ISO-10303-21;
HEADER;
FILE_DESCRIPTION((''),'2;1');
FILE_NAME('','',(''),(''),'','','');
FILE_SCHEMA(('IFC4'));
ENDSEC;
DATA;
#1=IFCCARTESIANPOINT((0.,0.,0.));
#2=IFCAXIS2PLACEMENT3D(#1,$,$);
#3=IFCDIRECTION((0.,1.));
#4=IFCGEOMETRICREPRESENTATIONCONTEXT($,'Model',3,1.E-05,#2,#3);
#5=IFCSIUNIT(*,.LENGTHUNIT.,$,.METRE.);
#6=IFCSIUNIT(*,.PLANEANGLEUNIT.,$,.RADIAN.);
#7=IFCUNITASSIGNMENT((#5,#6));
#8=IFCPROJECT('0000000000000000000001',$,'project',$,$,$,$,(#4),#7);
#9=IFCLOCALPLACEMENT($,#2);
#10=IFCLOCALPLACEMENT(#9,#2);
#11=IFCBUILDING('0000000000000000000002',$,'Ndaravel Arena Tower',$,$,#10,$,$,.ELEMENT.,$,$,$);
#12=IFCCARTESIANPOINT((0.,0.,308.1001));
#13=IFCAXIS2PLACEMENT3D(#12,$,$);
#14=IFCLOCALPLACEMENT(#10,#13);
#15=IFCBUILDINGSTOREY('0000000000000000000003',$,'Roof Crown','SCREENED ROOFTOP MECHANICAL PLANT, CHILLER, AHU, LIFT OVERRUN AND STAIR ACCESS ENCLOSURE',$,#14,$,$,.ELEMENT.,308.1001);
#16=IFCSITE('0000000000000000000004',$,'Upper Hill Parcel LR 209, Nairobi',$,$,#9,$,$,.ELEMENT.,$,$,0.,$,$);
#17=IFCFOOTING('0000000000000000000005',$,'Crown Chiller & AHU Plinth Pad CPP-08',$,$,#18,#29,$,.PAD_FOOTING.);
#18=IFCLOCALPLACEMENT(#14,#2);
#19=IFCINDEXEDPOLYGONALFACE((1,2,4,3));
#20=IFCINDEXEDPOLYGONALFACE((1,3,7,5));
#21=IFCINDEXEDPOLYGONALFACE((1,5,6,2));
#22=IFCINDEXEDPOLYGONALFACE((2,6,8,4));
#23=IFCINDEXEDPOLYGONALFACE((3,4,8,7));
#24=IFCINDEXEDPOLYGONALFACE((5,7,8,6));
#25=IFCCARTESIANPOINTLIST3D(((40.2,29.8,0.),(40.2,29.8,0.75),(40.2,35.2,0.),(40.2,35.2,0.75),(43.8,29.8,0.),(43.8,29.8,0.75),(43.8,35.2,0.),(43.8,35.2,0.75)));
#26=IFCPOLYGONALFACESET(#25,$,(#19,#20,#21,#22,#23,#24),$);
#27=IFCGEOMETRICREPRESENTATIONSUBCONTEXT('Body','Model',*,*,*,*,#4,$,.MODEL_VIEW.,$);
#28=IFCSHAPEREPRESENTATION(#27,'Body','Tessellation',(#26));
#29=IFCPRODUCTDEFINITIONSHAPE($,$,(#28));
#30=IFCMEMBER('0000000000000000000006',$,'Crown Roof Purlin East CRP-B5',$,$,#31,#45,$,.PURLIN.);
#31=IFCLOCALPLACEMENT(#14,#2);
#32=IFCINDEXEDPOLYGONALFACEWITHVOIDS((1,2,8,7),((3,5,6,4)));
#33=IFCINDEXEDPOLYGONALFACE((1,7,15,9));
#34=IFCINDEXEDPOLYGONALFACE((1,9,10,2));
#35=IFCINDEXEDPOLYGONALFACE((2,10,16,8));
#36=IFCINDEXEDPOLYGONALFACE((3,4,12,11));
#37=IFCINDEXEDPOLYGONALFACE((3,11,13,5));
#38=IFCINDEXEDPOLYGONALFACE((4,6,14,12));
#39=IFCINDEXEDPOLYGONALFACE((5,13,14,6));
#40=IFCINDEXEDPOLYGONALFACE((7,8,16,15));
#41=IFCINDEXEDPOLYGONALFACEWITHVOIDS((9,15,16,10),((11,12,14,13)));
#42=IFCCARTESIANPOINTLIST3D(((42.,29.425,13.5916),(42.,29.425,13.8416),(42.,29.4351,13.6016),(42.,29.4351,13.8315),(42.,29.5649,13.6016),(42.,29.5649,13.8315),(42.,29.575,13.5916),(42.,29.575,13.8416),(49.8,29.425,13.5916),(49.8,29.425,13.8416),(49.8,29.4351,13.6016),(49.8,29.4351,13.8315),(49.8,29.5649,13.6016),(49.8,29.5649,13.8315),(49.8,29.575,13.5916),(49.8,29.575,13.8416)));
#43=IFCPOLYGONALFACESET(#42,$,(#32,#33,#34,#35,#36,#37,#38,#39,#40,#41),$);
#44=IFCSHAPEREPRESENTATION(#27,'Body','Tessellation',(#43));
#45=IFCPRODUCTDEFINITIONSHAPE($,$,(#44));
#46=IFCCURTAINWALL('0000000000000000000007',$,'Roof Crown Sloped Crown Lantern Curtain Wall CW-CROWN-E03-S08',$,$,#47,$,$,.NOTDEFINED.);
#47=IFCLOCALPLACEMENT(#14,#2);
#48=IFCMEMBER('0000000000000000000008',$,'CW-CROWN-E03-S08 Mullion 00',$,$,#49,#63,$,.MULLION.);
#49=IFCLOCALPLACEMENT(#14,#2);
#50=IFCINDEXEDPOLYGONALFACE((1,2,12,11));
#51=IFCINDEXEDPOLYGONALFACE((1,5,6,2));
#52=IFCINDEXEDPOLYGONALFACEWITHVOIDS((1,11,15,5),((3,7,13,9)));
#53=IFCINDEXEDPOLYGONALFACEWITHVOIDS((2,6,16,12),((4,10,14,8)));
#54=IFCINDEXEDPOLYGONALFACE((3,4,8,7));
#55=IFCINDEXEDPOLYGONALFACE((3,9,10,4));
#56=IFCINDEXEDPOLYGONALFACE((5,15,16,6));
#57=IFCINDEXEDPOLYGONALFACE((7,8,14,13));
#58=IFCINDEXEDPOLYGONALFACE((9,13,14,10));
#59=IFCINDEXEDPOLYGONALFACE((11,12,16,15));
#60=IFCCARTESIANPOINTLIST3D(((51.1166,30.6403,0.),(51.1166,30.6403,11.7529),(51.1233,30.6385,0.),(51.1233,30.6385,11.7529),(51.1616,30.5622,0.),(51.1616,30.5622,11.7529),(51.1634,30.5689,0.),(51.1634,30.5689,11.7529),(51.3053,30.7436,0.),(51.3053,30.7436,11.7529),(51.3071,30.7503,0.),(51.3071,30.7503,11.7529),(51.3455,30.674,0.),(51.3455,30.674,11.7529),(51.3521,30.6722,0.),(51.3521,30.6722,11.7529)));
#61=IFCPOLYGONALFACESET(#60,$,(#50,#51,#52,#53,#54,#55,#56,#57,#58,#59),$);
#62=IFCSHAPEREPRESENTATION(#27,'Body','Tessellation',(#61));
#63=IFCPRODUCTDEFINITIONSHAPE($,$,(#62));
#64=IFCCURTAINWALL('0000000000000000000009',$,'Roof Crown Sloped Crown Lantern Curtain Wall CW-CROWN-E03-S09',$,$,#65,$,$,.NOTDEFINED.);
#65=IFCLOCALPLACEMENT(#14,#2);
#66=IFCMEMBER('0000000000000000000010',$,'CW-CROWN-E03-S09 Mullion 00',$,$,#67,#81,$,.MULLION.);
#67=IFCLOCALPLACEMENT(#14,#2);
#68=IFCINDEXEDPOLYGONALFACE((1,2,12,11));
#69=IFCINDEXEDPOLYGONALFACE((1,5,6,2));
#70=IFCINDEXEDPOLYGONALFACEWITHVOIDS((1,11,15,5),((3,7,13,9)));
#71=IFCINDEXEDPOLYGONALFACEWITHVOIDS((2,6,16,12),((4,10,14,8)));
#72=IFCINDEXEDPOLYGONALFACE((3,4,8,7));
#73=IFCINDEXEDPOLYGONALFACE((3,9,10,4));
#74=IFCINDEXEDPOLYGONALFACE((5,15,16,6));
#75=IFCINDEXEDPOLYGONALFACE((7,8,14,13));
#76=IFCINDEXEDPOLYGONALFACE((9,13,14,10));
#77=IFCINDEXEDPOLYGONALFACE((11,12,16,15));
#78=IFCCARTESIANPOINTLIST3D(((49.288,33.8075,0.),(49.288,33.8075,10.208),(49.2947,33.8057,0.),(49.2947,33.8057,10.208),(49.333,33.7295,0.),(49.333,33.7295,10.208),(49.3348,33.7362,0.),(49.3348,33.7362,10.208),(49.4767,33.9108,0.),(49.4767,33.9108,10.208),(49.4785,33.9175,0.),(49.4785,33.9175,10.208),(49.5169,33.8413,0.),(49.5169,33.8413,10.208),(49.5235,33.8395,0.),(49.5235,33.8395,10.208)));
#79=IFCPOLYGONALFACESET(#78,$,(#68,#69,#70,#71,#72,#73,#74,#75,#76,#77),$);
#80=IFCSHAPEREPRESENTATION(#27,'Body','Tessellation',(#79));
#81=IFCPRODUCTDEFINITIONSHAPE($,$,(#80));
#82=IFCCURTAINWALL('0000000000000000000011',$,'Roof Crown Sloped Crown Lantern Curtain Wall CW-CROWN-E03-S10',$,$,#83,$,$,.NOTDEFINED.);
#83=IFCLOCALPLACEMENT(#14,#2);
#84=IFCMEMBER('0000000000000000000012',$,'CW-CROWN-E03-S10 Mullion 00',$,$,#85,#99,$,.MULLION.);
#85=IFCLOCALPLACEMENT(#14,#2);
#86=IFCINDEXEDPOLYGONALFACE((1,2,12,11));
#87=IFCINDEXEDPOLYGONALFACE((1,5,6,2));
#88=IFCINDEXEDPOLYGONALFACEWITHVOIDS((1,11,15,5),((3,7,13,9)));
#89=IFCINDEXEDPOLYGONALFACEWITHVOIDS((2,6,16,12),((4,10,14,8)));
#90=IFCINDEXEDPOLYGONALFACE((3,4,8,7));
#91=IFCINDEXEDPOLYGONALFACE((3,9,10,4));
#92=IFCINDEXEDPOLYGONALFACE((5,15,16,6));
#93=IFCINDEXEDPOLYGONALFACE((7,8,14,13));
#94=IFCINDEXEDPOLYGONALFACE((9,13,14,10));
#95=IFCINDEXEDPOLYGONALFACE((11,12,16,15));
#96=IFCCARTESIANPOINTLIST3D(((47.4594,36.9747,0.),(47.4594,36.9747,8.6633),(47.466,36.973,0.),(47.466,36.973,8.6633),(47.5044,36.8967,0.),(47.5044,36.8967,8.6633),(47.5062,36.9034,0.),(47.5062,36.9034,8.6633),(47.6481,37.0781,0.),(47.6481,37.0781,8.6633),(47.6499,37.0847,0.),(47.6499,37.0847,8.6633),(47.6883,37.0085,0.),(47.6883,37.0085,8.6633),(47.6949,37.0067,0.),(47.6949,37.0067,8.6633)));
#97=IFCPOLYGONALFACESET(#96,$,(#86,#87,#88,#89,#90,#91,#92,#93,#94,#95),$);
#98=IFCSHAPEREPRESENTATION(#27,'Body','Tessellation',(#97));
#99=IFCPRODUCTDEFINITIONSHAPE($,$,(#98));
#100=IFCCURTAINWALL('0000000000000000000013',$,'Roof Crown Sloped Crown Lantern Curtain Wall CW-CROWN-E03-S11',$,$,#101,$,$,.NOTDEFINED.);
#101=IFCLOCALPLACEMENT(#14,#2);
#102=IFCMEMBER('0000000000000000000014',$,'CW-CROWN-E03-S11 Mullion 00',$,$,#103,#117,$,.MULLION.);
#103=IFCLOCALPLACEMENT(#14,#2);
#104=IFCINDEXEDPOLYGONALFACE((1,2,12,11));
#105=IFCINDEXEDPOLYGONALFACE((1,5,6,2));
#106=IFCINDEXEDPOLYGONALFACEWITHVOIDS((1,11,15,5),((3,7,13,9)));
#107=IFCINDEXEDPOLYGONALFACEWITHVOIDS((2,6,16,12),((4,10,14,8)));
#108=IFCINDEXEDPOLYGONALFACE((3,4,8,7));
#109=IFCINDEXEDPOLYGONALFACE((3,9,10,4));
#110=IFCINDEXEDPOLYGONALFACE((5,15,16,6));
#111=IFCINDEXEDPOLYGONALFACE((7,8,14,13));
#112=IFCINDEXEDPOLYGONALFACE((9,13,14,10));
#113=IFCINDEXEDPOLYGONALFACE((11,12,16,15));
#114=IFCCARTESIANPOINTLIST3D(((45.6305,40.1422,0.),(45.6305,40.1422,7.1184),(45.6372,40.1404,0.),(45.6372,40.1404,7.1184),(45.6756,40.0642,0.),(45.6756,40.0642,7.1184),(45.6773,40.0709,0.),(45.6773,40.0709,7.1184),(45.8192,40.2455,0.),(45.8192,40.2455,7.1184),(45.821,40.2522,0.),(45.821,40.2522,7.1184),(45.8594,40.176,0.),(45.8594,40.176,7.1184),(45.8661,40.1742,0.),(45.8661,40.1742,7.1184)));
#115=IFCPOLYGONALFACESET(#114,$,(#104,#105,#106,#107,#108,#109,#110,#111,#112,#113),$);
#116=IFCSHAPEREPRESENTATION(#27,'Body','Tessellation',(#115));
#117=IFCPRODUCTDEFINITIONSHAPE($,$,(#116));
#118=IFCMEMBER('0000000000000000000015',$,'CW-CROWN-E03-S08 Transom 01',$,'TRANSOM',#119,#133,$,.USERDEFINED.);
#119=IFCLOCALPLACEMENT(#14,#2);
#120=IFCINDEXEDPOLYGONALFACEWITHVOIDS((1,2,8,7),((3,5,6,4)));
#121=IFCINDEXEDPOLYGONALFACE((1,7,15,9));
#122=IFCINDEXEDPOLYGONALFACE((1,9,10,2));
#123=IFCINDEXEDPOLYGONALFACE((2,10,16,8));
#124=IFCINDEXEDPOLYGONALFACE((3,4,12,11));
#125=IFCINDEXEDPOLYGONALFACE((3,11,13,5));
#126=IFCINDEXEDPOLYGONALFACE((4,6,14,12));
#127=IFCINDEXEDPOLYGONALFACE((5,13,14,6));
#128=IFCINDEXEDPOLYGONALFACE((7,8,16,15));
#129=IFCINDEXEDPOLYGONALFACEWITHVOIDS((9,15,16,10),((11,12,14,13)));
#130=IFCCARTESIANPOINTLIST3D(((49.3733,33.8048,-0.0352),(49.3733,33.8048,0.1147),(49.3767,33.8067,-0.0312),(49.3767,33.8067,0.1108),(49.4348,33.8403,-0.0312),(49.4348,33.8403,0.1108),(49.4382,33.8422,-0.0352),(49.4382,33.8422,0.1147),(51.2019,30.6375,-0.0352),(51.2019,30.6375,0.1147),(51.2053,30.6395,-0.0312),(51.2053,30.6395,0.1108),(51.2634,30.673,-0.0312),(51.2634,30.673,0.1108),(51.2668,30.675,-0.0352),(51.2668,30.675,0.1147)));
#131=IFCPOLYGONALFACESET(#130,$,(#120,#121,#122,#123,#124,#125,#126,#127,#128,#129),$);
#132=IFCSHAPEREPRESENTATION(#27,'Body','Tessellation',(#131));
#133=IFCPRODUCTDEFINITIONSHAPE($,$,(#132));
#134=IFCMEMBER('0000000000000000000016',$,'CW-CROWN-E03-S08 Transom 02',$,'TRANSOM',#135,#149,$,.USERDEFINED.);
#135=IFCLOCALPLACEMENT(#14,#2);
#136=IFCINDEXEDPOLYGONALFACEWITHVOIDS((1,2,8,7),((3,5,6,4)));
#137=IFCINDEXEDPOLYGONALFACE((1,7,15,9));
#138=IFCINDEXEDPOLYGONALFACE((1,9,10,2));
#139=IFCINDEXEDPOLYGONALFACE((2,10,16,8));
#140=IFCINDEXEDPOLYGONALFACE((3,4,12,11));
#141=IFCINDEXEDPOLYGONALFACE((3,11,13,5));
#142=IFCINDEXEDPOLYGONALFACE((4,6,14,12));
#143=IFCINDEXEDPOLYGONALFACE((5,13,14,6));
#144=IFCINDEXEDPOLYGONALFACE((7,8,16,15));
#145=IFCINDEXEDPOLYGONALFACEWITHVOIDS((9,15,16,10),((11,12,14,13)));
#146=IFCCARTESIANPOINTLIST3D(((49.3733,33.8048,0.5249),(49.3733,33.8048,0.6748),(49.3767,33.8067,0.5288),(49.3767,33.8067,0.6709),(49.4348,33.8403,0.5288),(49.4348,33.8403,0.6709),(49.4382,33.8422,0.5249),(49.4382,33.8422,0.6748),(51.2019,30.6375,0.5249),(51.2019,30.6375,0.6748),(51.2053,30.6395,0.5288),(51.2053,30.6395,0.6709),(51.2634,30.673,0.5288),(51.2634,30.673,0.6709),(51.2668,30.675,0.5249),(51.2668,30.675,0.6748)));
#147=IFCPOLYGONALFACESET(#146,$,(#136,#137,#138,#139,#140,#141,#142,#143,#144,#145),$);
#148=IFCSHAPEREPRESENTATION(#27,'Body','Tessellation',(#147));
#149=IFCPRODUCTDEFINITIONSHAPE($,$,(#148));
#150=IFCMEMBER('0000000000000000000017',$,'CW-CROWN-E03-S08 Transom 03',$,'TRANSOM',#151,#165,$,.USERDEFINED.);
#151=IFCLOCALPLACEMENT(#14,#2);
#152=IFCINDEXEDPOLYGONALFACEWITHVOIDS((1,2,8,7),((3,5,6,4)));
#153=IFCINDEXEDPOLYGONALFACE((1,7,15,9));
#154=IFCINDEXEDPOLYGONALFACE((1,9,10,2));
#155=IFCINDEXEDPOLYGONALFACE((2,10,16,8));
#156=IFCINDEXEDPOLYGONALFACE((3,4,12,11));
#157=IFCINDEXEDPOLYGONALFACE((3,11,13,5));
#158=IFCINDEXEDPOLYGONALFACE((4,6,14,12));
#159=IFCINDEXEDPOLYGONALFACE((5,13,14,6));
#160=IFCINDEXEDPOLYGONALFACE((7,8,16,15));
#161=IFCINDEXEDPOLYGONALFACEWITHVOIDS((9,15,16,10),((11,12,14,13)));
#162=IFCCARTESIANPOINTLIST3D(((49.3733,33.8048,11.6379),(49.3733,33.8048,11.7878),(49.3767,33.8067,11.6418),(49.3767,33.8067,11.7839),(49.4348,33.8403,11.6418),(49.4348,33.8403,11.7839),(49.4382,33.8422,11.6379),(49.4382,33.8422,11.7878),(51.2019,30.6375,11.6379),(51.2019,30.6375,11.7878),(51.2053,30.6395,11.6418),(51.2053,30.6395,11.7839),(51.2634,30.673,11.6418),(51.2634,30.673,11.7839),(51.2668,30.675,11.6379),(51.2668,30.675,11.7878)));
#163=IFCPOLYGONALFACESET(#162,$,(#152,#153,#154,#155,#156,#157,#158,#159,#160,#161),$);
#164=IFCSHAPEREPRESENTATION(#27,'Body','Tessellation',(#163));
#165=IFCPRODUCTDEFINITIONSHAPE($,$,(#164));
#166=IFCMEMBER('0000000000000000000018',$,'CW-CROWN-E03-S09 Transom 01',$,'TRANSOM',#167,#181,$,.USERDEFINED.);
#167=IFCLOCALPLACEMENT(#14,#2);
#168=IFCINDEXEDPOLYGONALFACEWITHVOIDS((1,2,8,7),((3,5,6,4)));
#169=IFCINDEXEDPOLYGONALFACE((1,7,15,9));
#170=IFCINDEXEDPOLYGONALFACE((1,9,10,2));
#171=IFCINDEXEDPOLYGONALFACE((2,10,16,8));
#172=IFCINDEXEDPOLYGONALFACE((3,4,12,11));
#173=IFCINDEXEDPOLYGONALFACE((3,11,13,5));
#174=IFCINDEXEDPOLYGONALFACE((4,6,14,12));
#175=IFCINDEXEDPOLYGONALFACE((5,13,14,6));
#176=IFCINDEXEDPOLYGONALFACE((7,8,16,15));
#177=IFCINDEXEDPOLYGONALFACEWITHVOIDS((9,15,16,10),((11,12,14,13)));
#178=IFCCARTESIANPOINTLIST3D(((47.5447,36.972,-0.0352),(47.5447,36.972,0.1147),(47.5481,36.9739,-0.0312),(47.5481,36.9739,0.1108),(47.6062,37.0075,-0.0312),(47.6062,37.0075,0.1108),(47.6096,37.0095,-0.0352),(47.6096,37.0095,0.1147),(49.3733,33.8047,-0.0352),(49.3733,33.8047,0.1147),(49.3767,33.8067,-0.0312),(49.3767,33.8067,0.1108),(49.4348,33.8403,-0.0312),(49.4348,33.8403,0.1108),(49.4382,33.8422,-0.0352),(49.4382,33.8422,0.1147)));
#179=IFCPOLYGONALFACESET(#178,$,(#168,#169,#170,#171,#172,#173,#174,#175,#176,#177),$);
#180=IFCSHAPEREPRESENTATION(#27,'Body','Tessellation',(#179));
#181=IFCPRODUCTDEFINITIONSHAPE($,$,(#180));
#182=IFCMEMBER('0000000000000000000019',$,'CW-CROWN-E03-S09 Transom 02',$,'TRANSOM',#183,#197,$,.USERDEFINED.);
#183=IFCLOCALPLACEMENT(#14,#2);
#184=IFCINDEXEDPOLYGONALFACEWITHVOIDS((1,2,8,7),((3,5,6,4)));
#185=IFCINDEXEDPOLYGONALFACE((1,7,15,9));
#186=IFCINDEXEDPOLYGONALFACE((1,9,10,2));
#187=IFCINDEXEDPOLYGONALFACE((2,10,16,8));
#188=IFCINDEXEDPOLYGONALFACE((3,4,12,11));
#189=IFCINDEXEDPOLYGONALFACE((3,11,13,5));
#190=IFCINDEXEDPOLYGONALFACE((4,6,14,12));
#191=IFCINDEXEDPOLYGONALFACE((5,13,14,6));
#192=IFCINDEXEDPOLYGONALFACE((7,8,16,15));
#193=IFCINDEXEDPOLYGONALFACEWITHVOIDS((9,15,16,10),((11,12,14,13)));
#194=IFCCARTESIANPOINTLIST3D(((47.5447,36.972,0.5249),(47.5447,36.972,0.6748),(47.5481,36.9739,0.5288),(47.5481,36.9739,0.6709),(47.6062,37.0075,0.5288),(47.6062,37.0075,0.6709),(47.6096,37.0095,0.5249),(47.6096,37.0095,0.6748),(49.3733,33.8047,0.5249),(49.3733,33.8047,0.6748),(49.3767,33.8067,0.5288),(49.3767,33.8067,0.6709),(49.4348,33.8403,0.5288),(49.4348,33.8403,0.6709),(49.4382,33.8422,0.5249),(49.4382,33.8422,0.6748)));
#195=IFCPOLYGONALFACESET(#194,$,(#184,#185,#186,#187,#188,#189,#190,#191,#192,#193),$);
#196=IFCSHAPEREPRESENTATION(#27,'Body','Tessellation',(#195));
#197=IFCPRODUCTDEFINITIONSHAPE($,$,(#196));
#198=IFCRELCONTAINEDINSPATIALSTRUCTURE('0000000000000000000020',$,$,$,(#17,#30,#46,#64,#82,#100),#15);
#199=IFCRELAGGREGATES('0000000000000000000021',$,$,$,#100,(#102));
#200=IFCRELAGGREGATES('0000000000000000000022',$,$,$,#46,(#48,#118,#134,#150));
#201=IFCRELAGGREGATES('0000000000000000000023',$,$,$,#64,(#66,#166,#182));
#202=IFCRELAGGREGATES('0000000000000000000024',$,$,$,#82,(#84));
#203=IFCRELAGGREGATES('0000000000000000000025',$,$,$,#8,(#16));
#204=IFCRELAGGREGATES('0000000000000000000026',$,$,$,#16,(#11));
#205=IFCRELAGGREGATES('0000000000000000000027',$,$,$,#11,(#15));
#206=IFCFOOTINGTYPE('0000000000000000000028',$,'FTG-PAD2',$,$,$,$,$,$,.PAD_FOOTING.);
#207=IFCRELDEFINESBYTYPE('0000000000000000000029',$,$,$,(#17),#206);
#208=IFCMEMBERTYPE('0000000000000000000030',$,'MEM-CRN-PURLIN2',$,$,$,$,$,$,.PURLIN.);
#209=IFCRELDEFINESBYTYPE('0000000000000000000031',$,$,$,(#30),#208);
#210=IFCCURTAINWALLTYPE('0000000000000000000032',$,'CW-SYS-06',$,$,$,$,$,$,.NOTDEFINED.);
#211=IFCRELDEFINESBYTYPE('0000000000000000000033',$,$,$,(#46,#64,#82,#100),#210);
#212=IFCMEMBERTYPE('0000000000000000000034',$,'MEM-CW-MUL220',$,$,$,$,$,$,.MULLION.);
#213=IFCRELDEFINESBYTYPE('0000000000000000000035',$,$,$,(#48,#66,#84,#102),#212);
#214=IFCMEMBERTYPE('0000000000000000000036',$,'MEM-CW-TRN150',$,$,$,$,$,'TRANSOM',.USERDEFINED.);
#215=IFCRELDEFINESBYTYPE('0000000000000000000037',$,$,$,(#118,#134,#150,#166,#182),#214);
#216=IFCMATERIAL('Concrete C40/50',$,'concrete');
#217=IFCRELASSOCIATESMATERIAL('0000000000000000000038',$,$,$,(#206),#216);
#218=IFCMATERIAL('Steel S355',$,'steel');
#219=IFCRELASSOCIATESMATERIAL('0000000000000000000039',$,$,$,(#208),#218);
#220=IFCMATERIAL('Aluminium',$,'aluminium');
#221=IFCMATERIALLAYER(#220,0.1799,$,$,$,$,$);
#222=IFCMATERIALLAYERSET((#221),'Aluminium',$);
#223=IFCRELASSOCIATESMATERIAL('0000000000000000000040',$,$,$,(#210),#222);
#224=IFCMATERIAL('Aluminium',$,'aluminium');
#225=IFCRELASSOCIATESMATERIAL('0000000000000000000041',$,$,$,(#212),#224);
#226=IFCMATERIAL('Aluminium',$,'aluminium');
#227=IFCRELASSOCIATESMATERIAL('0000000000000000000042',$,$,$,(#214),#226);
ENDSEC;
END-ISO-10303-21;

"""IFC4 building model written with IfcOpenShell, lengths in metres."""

from ifc_helpers import new_model, si_unit, direction, frame, origin, origin_2d, place, context, subcontext, project, spatial, rectangle, hollow_rectangle, extrude, material, layer, layer_set, material_profile, profile_set, type_object, element, aggregate, save


model = new_model("IFC4")

# Units and contexts
model_context = context("Model", 3, precision=1e-05, world=origin(), true_north=direction((0.0, 1.0)))
body_context = subcontext(model_context, "Body", "Model", "MODEL_VIEW")
ifc_project = project(units=[si_unit("LENGTHUNIT", "METRE"), si_unit("PLANEANGLEUNIT", "RADIAN")], contexts=[model_context])

# Site, building, storey
site_placement = place(None, origin())
site = spatial("IfcSite", under=ifc_project, at=site_placement, Name="Upper Hill Parcel LR 209, Nairobi", CompositionType="ELEMENT", RefElevation=0.0)
building_placement = place(site_placement, origin())
building = spatial("IfcBuilding", under=site, at=building_placement, Name="Ndaravel Arena Tower", CompositionType="ELEMENT")
storey_placement = place(building_placement, frame((0.0, 0.0, 308.1001)))
storey = spatial("IfcBuildingStorey", under=building, at=storey_placement, Name="Roof Crown", Description="SCREENED ROOFTOP MECHANICAL PLANT, CHILLER, AHU, LIFT OVERRUN AND STAIR ACCESS ENCLOSURE", CompositionType="ELEMENT", Elevation=308.1001)

# Footing
ifc_material_1 = material(Name="Concrete C40/50", Category="concrete")
footing_type = type_object("IfcFootingType", Name="FTG-PAD2", PredefinedType="PAD_FOOTING", material=ifc_material_1)
footing_placement = place(storey_placement, frame((42.0, 32.5, 0.0), z_axis=(0.0, 0.0, 1.0), x_axis=(1.0, 0.0, 0.0)))
element("IfcFooting", 1, at=footing_placement, inside=storey, type_object=footing_type, Name="Crown Chiller & AHU Plinth Pad CPP-08", PredefinedType="PAD_FOOTING", context=body_context, shape_type="SweptSolid", body=[
    extrude(rectangle(XDim=3.6001, YDim=5.3999, at=origin_2d()), origin(), (0.0, 0.0, 1.0), 0.75),
])

# Member
ifc_material_2 = material(Name="Steel S355", Category="steel")
ifc_material_profile_1 = material_profile(ifc_material_2, hollow_rectangle(XDim=0.1499, YDim=0.25, WallThickness=0.01, at=origin_2d()), Name="RHS 250x150x10")
ifc_profile_set_1 = profile_set([ifc_material_profile_1], Name="Steel S355")
member_type_1 = type_object("IfcMemberType", Name="MEM-CRN-PURLIN2", PredefinedType="PURLIN", material=ifc_profile_set_1)
member_1_placement = place(storey_placement, frame((42.0, 29.5, 13.7166), z_axis=(1.0, 0.0, 0.0), x_axis=(0.0, 1.0, 0.0)))
element("IfcMember", 2, at=member_1_placement, inside=storey, type_object=member_type_1, Name="Crown Roof Purlin East CRP-B5", PredefinedType="PURLIN", context=body_context, shape_type="SweptSolid", body=[
    extrude(hollow_rectangle(XDim=0.1499, YDim=0.25, WallThickness=0.01, at=origin_2d()), origin(), (0.0, 0.0, 1.0), 7.8),
])

# Curtain walls, members
ifc_material_3 = material(Name="Aluminium", Category="aluminium")
ifc_layer_1 = layer(ifc_material_3, 0.1799)
ifc_layer_set_1 = layer_set([ifc_layer_1], Name="Aluminium")
curtain_wall_type = type_object("IfcCurtainWallType", Name="CW-SYS-06", PredefinedType="NOTDEFINED", material=ifc_layer_set_1)
curtain_wall_1_placement = place(storey_placement, origin())
curtain_wall_1 = element("IfcCurtainWall", 3, at=curtain_wall_1_placement, inside=storey, type_object=curtain_wall_type, Name="Roof Crown Sloped Crown Lantern Curtain Wall CW-CROWN-E03-S08", PredefinedType="NOTDEFINED")
ifc_material_4 = material(Name="Aluminium", Category="aluminium")
ifc_material_profile_2 = material_profile(ifc_material_4, hollow_rectangle(XDim=0.0901, YDim=0.22, WallThickness=0.0049, at=origin_2d()), Name="CW MULLION 90x220x5")
ifc_profile_set_2 = profile_set([ifc_material_profile_2], Name="Aluminium")
member_type_2 = type_object("IfcMemberType", Name="MEM-CW-MUL220", PredefinedType="MULLION", material=ifc_profile_set_2)
member_2_placement = place(storey_placement, frame((51.2344, 30.6562, 0.0), z_axis=(0.0, 0.0, 1.0), x_axis=(-0.499985, 0.866034, 0.0)))
member_2 = element("IfcMember", 4, at=member_2_placement, type_object=member_type_2, Name="CW-CROWN-E03-S08 Mullion 00", PredefinedType="MULLION", context=body_context, shape_type="SweptSolid", body=[
    extrude(hollow_rectangle(XDim=0.0901, YDim=0.22, WallThickness=0.0049, at=origin_2d()), origin(), (0.0, 0.0, 1.0), 11.7529),
])
curtain_wall_2_placement = place(storey_placement, origin())
curtain_wall_2 = element("IfcCurtainWall", 5, at=curtain_wall_2_placement, inside=storey, type_object=curtain_wall_type, Name="Roof Crown Sloped Crown Lantern Curtain Wall CW-CROWN-E03-S09", PredefinedType="NOTDEFINED")
member_3_placement = place(storey_placement, frame((49.4058, 33.8235, 0.0), z_axis=(0.0, 0.0, 1.0), x_axis=(-0.499985, 0.866034, 0.0)))
member_3 = element("IfcMember", 6, at=member_3_placement, type_object=member_type_2, Name="CW-CROWN-E03-S09 Mullion 00", PredefinedType="MULLION", context=body_context, shape_type="SweptSolid", body=[
    extrude(hollow_rectangle(XDim=0.0901, YDim=0.22, WallThickness=0.0049, at=origin_2d()), origin(), (0.0, 0.0, 1.0), 10.208),
])
curtain_wall_3_placement = place(storey_placement, origin())
curtain_wall_3 = element("IfcCurtainWall", 7, at=curtain_wall_3_placement, inside=storey, type_object=curtain_wall_type, Name="Roof Crown Sloped Crown Lantern Curtain Wall CW-CROWN-E03-S10", PredefinedType="NOTDEFINED")
member_4_placement = place(storey_placement, frame((47.5771, 36.9907, 0.0), z_axis=(0.0, 0.0, 1.0), x_axis=(-0.500015, 0.866017, 0.0)))
member_4 = element("IfcMember", 8, at=member_4_placement, type_object=member_type_2, Name="CW-CROWN-E03-S10 Mullion 00", PredefinedType="MULLION", context=body_context, shape_type="SweptSolid", body=[
    extrude(hollow_rectangle(XDim=0.0901, YDim=0.22, WallThickness=0.0049, at=origin_2d()), origin(), (0.0, 0.0, 1.0), 8.6633),
])
curtain_wall_4_placement = place(storey_placement, origin())
curtain_wall_4 = element("IfcCurtainWall", 9, at=curtain_wall_4_placement, inside=storey, type_object=curtain_wall_type, Name="Roof Crown Sloped Crown Lantern Curtain Wall CW-CROWN-E03-S11", PredefinedType="NOTDEFINED")
member_5_placement = place(storey_placement, frame((45.7483, 40.1582, 0.0), z_axis=(0.0, 0.0, 1.0), x_axis=(-0.499985, 0.866034, 0.0)))
member_5 = element("IfcMember", 10, at=member_5_placement, type_object=member_type_2, Name="CW-CROWN-E03-S11 Mullion 00", PredefinedType="MULLION", context=body_context, shape_type="SweptSolid", body=[
    extrude(hollow_rectangle(XDim=0.0901, YDim=0.22, WallThickness=0.0049, at=origin_2d()), origin(), (0.0, 0.0, 1.0), 7.1184),
])

# Members
ifc_material_5 = material(Name="Aluminium", Category="aluminium")
ifc_material_profile_3 = material_profile(ifc_material_5, hollow_rectangle(XDim=0.075, YDim=0.1499, WallThickness=0.0039, at=origin_2d()), Name="CW TRANSOM 75x150x4")
ifc_profile_set_3 = profile_set([ifc_material_profile_3], Name="Aluminium")
member_type_3 = type_object("IfcMemberType", Name="MEM-CW-TRN150", ElementType="TRANSOM", PredefinedType="USERDEFINED", material=ifc_profile_set_3)
member_6_placement = place(storey_placement, frame((51.2344, 30.6562, 0.0398), z_axis=(-0.500002, 0.866024, 0.0), x_axis=(-0.866024, -0.500002, 0.0)))
member_6 = element("IfcMember", 11, at=member_6_placement, type_object=member_type_3, Name="CW-CROWN-E03-S08 Transom 01", ObjectType="TRANSOM", PredefinedType="USERDEFINED", context=body_context, shape_type="SweptSolid", body=[
    extrude(hollow_rectangle(XDim=0.075, YDim=0.1499, WallThickness=0.0039, at=origin_2d()), origin(), (0.0, 0.0, 1.0), 3.6572),
])
member_7_placement = place(storey_placement, frame((51.2344, 30.6562, 0.5999), z_axis=(-0.500002, 0.866024, 0.0), x_axis=(-0.866024, -0.500002, 0.0)))
member_7 = element("IfcMember", 12, at=member_7_placement, type_object=member_type_3, Name="CW-CROWN-E03-S08 Transom 02", ObjectType="TRANSOM", PredefinedType="USERDEFINED", context=body_context, shape_type="SweptSolid", body=[
    extrude(hollow_rectangle(XDim=0.075, YDim=0.1499, WallThickness=0.0039, at=origin_2d()), origin(), (0.0, 0.0, 1.0), 3.6572),
])
member_8_placement = place(storey_placement, frame((51.2344, 30.6562, 11.7129), z_axis=(-0.500002, 0.866024, 0.0), x_axis=(-0.866024, -0.500002, 0.0)))
member_8 = element("IfcMember", 13, at=member_8_placement, type_object=member_type_3, Name="CW-CROWN-E03-S08 Transom 03", ObjectType="TRANSOM", PredefinedType="USERDEFINED", context=body_context, shape_type="SweptSolid", body=[
    extrude(hollow_rectangle(XDim=0.075, YDim=0.1499, WallThickness=0.0039, at=origin_2d()), origin(), (0.0, 0.0, 1.0), 3.6572),
])
member_9_placement = place(storey_placement, frame((49.4058, 33.8235, 0.0398), z_axis=(-0.500002, 0.866024, 0.0), x_axis=(-0.866024, -0.500002, 0.0)))
member_9 = element("IfcMember", 14, at=member_9_placement, type_object=member_type_3, Name="CW-CROWN-E03-S09 Transom 01", ObjectType="TRANSOM", PredefinedType="USERDEFINED", context=body_context, shape_type="SweptSolid", body=[
    extrude(hollow_rectangle(XDim=0.075, YDim=0.1499, WallThickness=0.0039, at=origin_2d()), origin(), (0.0, 0.0, 1.0), 3.6572),
])
member_10_placement = place(storey_placement, frame((49.4058, 33.8235, 0.5999), z_axis=(-0.500002, 0.866024, 0.0), x_axis=(-0.866024, -0.500002, 0.0)))
member_10 = element("IfcMember", 15, at=member_10_placement, type_object=member_type_3, Name="CW-CROWN-E03-S09 Transom 02", ObjectType="TRANSOM", PredefinedType="USERDEFINED", context=body_context, shape_type="SweptSolid", body=[
    extrude(hollow_rectangle(XDim=0.075, YDim=0.1499, WallThickness=0.0039, at=origin_2d()), origin(), (0.0, 0.0, 1.0), 3.6572),
])
aggregate(curtain_wall_4, [member_5])

aggregate(curtain_wall_1, [member_2, member_6, member_7, member_8])
aggregate(curtain_wall_2, [member_3, member_9, member_10])
aggregate(curtain_wall_3, [member_4])

save(model, "model.ifc")
